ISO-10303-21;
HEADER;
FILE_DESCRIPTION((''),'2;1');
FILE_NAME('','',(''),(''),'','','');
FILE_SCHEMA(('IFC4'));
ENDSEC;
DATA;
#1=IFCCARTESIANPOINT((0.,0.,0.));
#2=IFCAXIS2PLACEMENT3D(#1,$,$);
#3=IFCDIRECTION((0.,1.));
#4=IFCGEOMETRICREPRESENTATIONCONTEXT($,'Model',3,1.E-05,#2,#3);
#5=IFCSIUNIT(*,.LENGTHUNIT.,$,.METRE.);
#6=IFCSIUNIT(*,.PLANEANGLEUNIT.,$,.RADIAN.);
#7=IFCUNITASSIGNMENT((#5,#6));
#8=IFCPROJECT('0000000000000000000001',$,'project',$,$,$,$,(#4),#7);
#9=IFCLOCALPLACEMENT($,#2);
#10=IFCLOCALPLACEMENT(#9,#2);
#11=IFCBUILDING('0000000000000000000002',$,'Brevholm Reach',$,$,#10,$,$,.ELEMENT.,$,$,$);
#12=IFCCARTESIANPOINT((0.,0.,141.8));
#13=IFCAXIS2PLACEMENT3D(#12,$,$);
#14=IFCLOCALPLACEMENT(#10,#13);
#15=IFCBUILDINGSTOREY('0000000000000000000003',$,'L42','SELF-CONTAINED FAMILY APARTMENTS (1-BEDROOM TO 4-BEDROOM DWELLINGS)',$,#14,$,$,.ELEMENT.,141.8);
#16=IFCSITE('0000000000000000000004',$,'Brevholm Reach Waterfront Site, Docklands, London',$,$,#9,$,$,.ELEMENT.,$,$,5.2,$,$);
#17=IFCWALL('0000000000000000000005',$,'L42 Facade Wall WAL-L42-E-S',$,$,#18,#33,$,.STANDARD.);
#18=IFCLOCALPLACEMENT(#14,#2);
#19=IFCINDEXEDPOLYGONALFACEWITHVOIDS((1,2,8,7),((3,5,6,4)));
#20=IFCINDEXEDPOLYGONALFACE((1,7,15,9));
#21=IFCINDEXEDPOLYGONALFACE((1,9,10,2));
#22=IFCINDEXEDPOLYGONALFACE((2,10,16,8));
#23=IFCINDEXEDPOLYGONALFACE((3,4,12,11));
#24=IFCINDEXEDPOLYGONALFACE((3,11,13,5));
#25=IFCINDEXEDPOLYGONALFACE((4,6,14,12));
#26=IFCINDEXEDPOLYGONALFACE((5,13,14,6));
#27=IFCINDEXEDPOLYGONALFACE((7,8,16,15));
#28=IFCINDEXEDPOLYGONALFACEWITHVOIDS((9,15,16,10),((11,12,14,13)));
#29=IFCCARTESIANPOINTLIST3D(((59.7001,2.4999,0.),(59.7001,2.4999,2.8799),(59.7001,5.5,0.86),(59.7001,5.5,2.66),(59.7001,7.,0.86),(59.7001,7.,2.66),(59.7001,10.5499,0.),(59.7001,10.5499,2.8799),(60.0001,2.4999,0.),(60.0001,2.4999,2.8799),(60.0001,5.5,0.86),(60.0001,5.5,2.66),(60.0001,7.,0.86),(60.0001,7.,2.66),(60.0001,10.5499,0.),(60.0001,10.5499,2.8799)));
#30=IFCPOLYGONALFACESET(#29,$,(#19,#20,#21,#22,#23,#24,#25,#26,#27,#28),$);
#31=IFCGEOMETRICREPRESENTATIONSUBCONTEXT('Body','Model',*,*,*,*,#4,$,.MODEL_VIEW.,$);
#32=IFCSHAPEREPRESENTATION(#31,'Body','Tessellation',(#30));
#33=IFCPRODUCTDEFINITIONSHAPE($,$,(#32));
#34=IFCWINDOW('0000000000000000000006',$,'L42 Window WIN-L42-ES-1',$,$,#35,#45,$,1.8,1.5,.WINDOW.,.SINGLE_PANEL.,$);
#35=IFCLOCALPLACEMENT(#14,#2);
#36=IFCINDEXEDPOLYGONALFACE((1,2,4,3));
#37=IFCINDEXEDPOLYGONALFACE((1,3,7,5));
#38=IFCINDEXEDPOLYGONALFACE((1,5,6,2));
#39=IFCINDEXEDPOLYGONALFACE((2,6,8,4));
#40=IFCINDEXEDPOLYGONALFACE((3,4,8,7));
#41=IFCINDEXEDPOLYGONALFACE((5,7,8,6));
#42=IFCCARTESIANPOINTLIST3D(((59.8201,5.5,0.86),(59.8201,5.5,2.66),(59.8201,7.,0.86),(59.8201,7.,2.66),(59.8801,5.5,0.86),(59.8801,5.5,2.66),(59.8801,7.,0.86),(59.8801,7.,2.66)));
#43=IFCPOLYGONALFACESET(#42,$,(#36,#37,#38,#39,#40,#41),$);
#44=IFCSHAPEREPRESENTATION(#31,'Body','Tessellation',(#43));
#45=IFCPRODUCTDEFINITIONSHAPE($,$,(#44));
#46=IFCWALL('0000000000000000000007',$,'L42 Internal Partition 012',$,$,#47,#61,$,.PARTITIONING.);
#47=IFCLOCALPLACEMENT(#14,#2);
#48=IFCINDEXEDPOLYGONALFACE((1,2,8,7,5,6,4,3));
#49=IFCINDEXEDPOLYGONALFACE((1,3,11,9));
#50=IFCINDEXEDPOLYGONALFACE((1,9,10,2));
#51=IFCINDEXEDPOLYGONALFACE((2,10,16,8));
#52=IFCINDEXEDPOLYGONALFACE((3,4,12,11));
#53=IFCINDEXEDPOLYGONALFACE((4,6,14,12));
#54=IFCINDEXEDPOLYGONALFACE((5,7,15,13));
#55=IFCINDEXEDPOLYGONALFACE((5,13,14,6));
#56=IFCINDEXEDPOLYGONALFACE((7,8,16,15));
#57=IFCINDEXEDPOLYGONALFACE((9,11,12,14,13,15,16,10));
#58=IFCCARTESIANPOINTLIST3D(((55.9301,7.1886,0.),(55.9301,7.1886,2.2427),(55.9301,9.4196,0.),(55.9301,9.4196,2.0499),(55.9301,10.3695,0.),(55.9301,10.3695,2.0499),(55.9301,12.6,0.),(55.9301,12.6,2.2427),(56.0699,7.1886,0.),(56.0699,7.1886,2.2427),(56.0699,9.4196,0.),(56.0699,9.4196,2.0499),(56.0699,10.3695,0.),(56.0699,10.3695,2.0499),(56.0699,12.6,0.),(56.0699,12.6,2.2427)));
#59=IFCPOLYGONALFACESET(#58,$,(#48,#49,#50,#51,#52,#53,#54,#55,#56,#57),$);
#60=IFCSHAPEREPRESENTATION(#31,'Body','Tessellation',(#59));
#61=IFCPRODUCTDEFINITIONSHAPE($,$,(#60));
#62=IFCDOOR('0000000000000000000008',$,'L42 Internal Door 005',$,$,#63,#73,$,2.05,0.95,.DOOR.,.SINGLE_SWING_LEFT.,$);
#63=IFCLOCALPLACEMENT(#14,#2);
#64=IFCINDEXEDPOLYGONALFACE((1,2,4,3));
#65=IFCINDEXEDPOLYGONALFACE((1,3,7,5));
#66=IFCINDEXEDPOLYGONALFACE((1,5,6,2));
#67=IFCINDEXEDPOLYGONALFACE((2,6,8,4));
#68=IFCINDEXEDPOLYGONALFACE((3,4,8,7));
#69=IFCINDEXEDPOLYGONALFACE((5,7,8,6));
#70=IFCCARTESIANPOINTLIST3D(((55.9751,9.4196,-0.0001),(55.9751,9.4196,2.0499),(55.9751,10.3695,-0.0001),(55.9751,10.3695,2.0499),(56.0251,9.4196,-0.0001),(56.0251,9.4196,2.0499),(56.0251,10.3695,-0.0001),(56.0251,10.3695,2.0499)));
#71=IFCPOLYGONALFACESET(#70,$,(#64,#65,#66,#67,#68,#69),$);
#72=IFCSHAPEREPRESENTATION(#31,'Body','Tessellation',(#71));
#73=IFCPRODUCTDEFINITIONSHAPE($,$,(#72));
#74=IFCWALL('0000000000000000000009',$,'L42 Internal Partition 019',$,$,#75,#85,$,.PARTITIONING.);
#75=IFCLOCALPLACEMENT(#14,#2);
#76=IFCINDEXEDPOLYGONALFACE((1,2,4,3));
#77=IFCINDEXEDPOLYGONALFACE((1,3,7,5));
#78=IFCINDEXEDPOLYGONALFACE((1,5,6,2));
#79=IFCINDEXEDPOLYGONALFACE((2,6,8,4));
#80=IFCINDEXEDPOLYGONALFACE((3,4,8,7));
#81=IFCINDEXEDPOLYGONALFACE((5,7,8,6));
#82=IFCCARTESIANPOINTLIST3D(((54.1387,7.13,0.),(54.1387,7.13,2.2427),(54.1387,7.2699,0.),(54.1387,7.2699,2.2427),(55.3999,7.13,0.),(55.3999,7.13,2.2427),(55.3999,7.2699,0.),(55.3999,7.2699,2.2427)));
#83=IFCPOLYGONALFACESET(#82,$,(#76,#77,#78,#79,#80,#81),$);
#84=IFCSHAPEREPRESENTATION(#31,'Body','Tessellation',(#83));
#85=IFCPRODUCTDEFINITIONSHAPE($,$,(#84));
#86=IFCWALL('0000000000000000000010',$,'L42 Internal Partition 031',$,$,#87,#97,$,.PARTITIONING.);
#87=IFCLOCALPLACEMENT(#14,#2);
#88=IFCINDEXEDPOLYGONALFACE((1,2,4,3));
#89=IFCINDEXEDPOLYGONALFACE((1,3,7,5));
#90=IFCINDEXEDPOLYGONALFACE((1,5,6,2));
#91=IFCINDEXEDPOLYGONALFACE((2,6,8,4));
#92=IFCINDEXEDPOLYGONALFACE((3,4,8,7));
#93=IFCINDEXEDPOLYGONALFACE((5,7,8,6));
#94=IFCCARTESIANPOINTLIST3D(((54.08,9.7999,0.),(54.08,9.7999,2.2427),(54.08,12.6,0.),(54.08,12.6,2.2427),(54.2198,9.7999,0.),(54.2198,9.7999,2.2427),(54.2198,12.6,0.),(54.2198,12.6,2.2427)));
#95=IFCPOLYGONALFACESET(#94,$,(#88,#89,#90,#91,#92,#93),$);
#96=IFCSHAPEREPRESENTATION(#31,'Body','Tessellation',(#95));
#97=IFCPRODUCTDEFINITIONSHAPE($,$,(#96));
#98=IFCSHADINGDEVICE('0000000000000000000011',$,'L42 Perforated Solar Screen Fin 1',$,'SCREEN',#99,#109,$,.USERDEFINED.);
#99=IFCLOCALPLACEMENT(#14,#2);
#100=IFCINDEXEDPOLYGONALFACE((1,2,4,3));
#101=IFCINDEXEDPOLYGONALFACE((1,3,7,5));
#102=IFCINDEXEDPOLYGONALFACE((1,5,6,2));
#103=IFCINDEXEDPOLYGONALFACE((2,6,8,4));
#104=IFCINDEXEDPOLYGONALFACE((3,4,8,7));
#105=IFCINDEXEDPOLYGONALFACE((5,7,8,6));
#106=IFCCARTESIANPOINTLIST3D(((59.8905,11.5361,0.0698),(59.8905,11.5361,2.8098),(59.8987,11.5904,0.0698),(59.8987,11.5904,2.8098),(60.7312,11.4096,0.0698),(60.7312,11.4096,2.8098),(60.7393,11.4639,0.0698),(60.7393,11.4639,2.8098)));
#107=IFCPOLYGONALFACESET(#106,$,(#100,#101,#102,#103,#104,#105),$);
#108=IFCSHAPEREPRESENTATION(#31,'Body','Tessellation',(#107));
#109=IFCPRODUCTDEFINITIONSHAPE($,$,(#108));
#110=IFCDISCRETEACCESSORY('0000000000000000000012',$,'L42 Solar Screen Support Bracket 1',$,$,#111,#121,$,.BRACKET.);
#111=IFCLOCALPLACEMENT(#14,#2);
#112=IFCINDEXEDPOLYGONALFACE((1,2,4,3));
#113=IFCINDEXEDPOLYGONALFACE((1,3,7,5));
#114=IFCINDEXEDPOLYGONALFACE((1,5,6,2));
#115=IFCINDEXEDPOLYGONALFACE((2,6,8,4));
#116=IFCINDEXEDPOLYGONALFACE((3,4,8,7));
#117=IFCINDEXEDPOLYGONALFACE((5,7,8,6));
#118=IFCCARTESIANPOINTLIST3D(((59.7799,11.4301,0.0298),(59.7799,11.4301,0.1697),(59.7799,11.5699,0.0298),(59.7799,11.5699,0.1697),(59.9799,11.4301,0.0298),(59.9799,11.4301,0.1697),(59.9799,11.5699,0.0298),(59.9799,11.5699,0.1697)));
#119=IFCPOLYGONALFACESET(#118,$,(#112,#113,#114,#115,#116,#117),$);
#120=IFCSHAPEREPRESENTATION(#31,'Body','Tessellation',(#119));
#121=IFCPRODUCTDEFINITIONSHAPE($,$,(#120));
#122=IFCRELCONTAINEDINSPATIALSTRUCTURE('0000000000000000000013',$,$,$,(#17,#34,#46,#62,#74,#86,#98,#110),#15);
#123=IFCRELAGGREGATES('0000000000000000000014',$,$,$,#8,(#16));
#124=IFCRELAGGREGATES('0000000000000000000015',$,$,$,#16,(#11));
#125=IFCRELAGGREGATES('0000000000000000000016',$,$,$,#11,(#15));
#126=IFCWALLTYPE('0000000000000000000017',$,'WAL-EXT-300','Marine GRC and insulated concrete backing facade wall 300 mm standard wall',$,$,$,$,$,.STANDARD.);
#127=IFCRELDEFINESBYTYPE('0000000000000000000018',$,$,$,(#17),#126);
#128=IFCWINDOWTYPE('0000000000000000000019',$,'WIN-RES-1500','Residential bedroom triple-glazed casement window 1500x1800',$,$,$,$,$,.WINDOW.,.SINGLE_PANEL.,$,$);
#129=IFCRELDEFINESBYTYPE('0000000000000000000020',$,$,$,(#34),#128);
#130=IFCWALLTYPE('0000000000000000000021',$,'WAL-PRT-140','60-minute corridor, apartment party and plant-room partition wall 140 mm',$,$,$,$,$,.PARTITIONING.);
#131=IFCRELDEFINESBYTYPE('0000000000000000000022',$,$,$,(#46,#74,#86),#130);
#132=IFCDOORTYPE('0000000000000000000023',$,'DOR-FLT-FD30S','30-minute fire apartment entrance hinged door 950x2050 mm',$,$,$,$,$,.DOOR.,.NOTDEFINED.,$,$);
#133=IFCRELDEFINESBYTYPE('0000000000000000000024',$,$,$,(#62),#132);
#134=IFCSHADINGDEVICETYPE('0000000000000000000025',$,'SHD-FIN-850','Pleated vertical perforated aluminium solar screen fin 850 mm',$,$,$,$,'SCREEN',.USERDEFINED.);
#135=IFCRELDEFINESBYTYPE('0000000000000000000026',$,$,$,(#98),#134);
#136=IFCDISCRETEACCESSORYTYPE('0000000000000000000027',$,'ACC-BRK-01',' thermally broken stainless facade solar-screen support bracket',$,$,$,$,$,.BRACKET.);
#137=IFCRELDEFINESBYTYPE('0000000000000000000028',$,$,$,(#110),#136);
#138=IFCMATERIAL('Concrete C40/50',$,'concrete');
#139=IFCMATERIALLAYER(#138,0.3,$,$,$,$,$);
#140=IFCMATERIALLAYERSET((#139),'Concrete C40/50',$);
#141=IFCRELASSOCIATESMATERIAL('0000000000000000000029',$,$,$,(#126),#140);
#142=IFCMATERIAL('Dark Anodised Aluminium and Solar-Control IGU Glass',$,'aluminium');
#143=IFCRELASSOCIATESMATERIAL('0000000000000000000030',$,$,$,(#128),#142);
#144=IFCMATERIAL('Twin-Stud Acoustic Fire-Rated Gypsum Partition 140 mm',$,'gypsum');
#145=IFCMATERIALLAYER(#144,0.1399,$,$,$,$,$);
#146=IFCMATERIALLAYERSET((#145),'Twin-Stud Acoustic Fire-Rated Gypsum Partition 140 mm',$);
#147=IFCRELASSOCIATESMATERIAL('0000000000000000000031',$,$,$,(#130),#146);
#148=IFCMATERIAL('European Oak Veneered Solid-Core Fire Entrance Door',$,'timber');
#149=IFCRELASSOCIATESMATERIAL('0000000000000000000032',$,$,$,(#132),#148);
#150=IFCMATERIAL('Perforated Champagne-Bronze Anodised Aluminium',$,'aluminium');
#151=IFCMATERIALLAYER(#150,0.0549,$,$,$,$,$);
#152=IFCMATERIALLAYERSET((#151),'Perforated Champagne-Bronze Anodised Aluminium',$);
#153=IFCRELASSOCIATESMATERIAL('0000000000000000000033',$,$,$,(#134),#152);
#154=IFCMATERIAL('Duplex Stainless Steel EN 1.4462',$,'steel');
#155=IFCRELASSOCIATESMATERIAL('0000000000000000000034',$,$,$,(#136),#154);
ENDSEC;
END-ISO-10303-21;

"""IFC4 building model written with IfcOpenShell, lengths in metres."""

from ifc_helpers import new_model, si_unit, direction, frame, frame_2d, origin, origin_2d, place, context, subcontext, project, spatial, rectangle, extrude, material, layer, layer_set, type_object, element, fill, save


model = new_model("IFC4")

# Units and contexts
model_context = context("Model", 3, precision=1e-05, world=origin(), true_north=direction((0.0, 1.0)))
body_context = subcontext(model_context, "Body", "Model", "MODEL_VIEW")
ifc_project = project(units=[si_unit("LENGTHUNIT", "METRE"), si_unit("PLANEANGLEUNIT", "RADIAN")], contexts=[model_context])

# Site, building, storey
site_placement = place(None, origin())
site = spatial("IfcSite", under=ifc_project, at=site_placement, Name="Brevholm Reach Waterfront Site, Docklands, London", CompositionType="ELEMENT", RefElevation=5.2)
building_placement = place(site_placement, origin())
building = spatial("IfcBuilding", under=site, at=building_placement, Name="Brevholm Reach", CompositionType="ELEMENT")
storey_placement = place(building_placement, frame((0.0, 0.0, 141.8)))
storey = spatial("IfcBuildingStorey", under=building, at=storey_placement, Name="L42", Description="SELF-CONTAINED FAMILY APARTMENTS (1-BEDROOM TO 4-BEDROOM DWELLINGS)", CompositionType="ELEMENT", Elevation=141.8)

# Shared definitions
ifc_material_1 = material(Name="Concrete C40/50", Category="concrete")
ifc_layer_1 = layer(ifc_material_1, 0.3)
ifc_layer_set_1 = layer_set([ifc_layer_1], Name="Concrete C40/50")
wall_type_1 = type_object("IfcWallType", Name="WAL-EXT-300", Description="Marine GRC and insulated concrete backing facade wall 300 mm standard wall", PredefinedType="STANDARD", material=ifc_layer_set_1)

# Wall, opening, window
wall_1_placement = place(storey_placement, frame((59.8501, 2.5, 0.0), z_axis=(0.0, 0.0, 1.0), x_axis=(0.0, 1.0, 0.0)))
wall_1 = element("IfcWall", 1, at=wall_1_placement, inside=storey, type_object=wall_type_1, Name="L42 Facade Wall WAL-L42-E-S", PredefinedType="STANDARD", context=body_context, shape_type="SweptSolid", body=[
    extrude(rectangle(XDim=8.05, YDim=0.3, at=frame_2d((4.0249, 0.0))), origin(), (0.0, 0.0, 1.0), 2.8799),
])
opening_1_placement = place(wall_1_placement, frame((3.0, 0.0, 0.8601)))
opening_1 = element("IfcOpeningElement", 2, at=opening_1_placement, cuts=wall_1, PredefinedType="OPENING", context=body_context, shape_type="SweptSolid", body=[
    extrude(rectangle(XDim=1.5, YDim=1.8, at=frame_2d((0.75, 0.8999))), frame((0.0, 0.1599, 0.0), z_axis=(0.0, -1.0, 0.0), x_axis=(1.0, 0.0, 0.0)), (0.0, 0.0, 1.0), 0.3201),
])
ifc_material_2 = material(Name="Dark Anodised Aluminium and Solar-Control IGU Glass", Category="aluminium")
window_type = type_object("IfcWindowType", Name="WIN-RES-1500", Description="Residential bedroom triple-glazed casement window 1500x1800", PartitioningType="SINGLE_PANEL", PredefinedType="WINDOW", material=ifc_material_2)
window_placement = place(opening_1_placement, origin())
window = element("IfcWindow", 3, at=window_placement, inside=storey, type_object=window_type, Name="L42 Window WIN-L42-ES-1", OverallHeight=1.8, OverallWidth=1.5, PartitioningType="SINGLE_PANEL", PredefinedType="WINDOW", context=body_context, shape_type="SweptSolid", body=[
    extrude(rectangle(XDim=1.5, YDim=1.8, at=frame_2d((0.75, 0.8999))), frame((0.0, 0.03, 0.0), z_axis=(0.0, -1.0, 0.0), x_axis=(1.0, 0.0, 0.0)), (0.0, 0.0, 1.0), 0.0601),
])
fill(opening_1, window)

# Wall, opening, door
ifc_material_3 = material(Name="Twin-Stud Acoustic Fire-Rated Gypsum Partition 140 mm", Category="gypsum")
ifc_layer_2 = layer(ifc_material_3, 0.1399)
ifc_layer_set_2 = layer_set([ifc_layer_2], Name="Twin-Stud Acoustic Fire-Rated Gypsum Partition 140 mm")
wall_type_2 = type_object("IfcWallType", Name="WAL-PRT-140", Description="60-minute corridor, apartment party and plant-room partition wall 140 mm", PredefinedType="PARTITIONING", material=ifc_layer_set_2)
wall_2_placement = place(storey_placement, frame((56.0, 7.1887, 0.0), z_axis=(0.0, 0.0, 1.0), x_axis=(0.0, 1.0, 0.0)))
wall_2 = element("IfcWall", 4, at=wall_2_placement, inside=storey, type_object=wall_type_2, Name="L42 Internal Partition 012", PredefinedType="PARTITIONING", context=body_context, shape_type="SweptSolid", body=[
    extrude(rectangle(XDim=5.4114, YDim=0.1399, at=frame_2d((2.7056, 0.0))), origin(), (0.0, 0.0, 1.0), 2.2427),
])
opening_2_placement = place(wall_2_placement, frame((2.2307, 0.0, 0.0)))
opening_2 = element("IfcOpeningElement", 5, at=opening_2_placement, cuts=wall_2, PredefinedType="OPENING", context=body_context, shape_type="SweptSolid", body=[
    extrude(rectangle(XDim=0.95, YDim=2.05, at=frame_2d((0.4751, 1.0249))), frame((0.0, 0.0798, 0.0), z_axis=(0.0, -1.0, 0.0), x_axis=(1.0, 0.0, 0.0)), (0.0, 0.0, 1.0), 0.1599),
])
ifc_material_4 = material(Name="European Oak Veneered Solid-Core Fire Entrance Door", Category="timber")
door_type = type_object("IfcDoorType", Name="DOR-FLT-FD30S", Description="30-minute fire apartment entrance hinged door 950x2050 mm", OperationType="NOTDEFINED", PredefinedType="DOOR", material=ifc_material_4)
door_placement = place(opening_2_placement, origin())
door = element("IfcDoor", 6, at=door_placement, inside=storey, type_object=door_type, Name="L42 Internal Door 005", OperationType="SINGLE_SWING_LEFT", OverallHeight=2.05, OverallWidth=0.95, PredefinedType="DOOR", context=body_context, shape_type="SweptSolid", body=[
    extrude(rectangle(XDim=0.95, YDim=2.05, at=frame_2d((0.4751, 1.0249))), frame((0.0, 0.0249, 0.0), z_axis=(0.0, -1.0, 0.0), x_axis=(1.0, 0.0, 0.0)), (0.0, 0.0, 1.0), 0.05),
])
fill(opening_2, door)

# Walls
wall_3_placement = place(storey_placement, frame((54.1387, 7.2, 0.0), z_axis=(0.0, 0.0, 1.0), x_axis=(1.0, 0.0, 0.0)))
element("IfcWall", 7, at=wall_3_placement, inside=storey, type_object=wall_type_2, Name="L42 Internal Partition 019", PredefinedType="PARTITIONING", context=body_context, shape_type="SweptSolid", body=[
    extrude(rectangle(XDim=1.2612, YDim=0.1399, at=frame_2d((0.6306, 0.0))), origin(), (0.0, 0.0, 1.0), 2.2427),
])
wall_4_placement = place(storey_placement, frame((54.1499, 9.8, 0.0), z_axis=(0.0, 0.0, 1.0), x_axis=(0.0, 1.0, 0.0)))
element("IfcWall", 8, at=wall_4_placement, inside=storey, type_object=wall_type_2, Name="L42 Internal Partition 031", PredefinedType="PARTITIONING", context=body_context, shape_type="SweptSolid", body=[
    extrude(rectangle(XDim=2.8, YDim=0.1399, at=frame_2d((1.3999, 0.0))), origin(), (0.0, 0.0, 1.0), 2.2427),
])

# Shading device
ifc_material_5 = material(Name="Perforated Champagne-Bronze Anodised Aluminium", Category="aluminium")
ifc_layer_3 = layer(ifc_material_5, 0.0549)
ifc_layer_set_3 = layer_set([ifc_layer_3], Name="Perforated Champagne-Bronze Anodised Aluminium")
shading_device_type = type_object("IfcShadingDeviceType", Name="SHD-FIN-850", Description="Pleated vertical perforated aluminium solar screen fin 850 mm", ElementType="SCREEN", PredefinedType="USERDEFINED", material=ifc_layer_set_3)
shading_device_placement = place(storey_placement, frame((60.3149, 11.5, 0.0698), z_axis=(0.0, 0.0, 1.0), x_axis=(0.988858, -0.148862, 0.0)))
element("IfcShadingDevice", 9, at=shading_device_placement, inside=storey, type_object=shading_device_type, Name="L42 Perforated Solar Screen Fin 1", ObjectType="SCREEN", PredefinedType="USERDEFINED", context=body_context, shape_type="SweptSolid", body=[
    extrude(rectangle(XDim=0.8501, YDim=0.0549, at=origin_2d()), origin(), (0.0, 0.0, 1.0), 2.74),
])

# Discrete accessory
ifc_material_6 = material(Name="Duplex Stainless Steel EN 1.4462", Category="steel")
discrete_accessory_type = type_object("IfcDiscreteAccessoryType", Name="ACC-BRK-01", Description=" thermally broken stainless facade solar-screen support bracket", PredefinedType="BRACKET", material=ifc_material_6)
discrete_accessory_placement = place(storey_placement, frame((59.8799, 11.5, 0.0298), z_axis=(0.0, 0.0, 1.0), x_axis=(1.0, 0.0, 0.0)))
element("IfcDiscreteAccessory", 10, at=discrete_accessory_placement, inside=storey, type_object=discrete_accessory_type, Name="L42 Solar Screen Support Bracket 1", PredefinedType="BRACKET", context=body_context, shape_type="SweptSolid", body=[
    extrude(rectangle(XDim=0.2, YDim=0.1399, at=origin_2d()), origin(), (0.0, 0.0, 1.0), 0.1399),
])

save(model, "model.ifc")
